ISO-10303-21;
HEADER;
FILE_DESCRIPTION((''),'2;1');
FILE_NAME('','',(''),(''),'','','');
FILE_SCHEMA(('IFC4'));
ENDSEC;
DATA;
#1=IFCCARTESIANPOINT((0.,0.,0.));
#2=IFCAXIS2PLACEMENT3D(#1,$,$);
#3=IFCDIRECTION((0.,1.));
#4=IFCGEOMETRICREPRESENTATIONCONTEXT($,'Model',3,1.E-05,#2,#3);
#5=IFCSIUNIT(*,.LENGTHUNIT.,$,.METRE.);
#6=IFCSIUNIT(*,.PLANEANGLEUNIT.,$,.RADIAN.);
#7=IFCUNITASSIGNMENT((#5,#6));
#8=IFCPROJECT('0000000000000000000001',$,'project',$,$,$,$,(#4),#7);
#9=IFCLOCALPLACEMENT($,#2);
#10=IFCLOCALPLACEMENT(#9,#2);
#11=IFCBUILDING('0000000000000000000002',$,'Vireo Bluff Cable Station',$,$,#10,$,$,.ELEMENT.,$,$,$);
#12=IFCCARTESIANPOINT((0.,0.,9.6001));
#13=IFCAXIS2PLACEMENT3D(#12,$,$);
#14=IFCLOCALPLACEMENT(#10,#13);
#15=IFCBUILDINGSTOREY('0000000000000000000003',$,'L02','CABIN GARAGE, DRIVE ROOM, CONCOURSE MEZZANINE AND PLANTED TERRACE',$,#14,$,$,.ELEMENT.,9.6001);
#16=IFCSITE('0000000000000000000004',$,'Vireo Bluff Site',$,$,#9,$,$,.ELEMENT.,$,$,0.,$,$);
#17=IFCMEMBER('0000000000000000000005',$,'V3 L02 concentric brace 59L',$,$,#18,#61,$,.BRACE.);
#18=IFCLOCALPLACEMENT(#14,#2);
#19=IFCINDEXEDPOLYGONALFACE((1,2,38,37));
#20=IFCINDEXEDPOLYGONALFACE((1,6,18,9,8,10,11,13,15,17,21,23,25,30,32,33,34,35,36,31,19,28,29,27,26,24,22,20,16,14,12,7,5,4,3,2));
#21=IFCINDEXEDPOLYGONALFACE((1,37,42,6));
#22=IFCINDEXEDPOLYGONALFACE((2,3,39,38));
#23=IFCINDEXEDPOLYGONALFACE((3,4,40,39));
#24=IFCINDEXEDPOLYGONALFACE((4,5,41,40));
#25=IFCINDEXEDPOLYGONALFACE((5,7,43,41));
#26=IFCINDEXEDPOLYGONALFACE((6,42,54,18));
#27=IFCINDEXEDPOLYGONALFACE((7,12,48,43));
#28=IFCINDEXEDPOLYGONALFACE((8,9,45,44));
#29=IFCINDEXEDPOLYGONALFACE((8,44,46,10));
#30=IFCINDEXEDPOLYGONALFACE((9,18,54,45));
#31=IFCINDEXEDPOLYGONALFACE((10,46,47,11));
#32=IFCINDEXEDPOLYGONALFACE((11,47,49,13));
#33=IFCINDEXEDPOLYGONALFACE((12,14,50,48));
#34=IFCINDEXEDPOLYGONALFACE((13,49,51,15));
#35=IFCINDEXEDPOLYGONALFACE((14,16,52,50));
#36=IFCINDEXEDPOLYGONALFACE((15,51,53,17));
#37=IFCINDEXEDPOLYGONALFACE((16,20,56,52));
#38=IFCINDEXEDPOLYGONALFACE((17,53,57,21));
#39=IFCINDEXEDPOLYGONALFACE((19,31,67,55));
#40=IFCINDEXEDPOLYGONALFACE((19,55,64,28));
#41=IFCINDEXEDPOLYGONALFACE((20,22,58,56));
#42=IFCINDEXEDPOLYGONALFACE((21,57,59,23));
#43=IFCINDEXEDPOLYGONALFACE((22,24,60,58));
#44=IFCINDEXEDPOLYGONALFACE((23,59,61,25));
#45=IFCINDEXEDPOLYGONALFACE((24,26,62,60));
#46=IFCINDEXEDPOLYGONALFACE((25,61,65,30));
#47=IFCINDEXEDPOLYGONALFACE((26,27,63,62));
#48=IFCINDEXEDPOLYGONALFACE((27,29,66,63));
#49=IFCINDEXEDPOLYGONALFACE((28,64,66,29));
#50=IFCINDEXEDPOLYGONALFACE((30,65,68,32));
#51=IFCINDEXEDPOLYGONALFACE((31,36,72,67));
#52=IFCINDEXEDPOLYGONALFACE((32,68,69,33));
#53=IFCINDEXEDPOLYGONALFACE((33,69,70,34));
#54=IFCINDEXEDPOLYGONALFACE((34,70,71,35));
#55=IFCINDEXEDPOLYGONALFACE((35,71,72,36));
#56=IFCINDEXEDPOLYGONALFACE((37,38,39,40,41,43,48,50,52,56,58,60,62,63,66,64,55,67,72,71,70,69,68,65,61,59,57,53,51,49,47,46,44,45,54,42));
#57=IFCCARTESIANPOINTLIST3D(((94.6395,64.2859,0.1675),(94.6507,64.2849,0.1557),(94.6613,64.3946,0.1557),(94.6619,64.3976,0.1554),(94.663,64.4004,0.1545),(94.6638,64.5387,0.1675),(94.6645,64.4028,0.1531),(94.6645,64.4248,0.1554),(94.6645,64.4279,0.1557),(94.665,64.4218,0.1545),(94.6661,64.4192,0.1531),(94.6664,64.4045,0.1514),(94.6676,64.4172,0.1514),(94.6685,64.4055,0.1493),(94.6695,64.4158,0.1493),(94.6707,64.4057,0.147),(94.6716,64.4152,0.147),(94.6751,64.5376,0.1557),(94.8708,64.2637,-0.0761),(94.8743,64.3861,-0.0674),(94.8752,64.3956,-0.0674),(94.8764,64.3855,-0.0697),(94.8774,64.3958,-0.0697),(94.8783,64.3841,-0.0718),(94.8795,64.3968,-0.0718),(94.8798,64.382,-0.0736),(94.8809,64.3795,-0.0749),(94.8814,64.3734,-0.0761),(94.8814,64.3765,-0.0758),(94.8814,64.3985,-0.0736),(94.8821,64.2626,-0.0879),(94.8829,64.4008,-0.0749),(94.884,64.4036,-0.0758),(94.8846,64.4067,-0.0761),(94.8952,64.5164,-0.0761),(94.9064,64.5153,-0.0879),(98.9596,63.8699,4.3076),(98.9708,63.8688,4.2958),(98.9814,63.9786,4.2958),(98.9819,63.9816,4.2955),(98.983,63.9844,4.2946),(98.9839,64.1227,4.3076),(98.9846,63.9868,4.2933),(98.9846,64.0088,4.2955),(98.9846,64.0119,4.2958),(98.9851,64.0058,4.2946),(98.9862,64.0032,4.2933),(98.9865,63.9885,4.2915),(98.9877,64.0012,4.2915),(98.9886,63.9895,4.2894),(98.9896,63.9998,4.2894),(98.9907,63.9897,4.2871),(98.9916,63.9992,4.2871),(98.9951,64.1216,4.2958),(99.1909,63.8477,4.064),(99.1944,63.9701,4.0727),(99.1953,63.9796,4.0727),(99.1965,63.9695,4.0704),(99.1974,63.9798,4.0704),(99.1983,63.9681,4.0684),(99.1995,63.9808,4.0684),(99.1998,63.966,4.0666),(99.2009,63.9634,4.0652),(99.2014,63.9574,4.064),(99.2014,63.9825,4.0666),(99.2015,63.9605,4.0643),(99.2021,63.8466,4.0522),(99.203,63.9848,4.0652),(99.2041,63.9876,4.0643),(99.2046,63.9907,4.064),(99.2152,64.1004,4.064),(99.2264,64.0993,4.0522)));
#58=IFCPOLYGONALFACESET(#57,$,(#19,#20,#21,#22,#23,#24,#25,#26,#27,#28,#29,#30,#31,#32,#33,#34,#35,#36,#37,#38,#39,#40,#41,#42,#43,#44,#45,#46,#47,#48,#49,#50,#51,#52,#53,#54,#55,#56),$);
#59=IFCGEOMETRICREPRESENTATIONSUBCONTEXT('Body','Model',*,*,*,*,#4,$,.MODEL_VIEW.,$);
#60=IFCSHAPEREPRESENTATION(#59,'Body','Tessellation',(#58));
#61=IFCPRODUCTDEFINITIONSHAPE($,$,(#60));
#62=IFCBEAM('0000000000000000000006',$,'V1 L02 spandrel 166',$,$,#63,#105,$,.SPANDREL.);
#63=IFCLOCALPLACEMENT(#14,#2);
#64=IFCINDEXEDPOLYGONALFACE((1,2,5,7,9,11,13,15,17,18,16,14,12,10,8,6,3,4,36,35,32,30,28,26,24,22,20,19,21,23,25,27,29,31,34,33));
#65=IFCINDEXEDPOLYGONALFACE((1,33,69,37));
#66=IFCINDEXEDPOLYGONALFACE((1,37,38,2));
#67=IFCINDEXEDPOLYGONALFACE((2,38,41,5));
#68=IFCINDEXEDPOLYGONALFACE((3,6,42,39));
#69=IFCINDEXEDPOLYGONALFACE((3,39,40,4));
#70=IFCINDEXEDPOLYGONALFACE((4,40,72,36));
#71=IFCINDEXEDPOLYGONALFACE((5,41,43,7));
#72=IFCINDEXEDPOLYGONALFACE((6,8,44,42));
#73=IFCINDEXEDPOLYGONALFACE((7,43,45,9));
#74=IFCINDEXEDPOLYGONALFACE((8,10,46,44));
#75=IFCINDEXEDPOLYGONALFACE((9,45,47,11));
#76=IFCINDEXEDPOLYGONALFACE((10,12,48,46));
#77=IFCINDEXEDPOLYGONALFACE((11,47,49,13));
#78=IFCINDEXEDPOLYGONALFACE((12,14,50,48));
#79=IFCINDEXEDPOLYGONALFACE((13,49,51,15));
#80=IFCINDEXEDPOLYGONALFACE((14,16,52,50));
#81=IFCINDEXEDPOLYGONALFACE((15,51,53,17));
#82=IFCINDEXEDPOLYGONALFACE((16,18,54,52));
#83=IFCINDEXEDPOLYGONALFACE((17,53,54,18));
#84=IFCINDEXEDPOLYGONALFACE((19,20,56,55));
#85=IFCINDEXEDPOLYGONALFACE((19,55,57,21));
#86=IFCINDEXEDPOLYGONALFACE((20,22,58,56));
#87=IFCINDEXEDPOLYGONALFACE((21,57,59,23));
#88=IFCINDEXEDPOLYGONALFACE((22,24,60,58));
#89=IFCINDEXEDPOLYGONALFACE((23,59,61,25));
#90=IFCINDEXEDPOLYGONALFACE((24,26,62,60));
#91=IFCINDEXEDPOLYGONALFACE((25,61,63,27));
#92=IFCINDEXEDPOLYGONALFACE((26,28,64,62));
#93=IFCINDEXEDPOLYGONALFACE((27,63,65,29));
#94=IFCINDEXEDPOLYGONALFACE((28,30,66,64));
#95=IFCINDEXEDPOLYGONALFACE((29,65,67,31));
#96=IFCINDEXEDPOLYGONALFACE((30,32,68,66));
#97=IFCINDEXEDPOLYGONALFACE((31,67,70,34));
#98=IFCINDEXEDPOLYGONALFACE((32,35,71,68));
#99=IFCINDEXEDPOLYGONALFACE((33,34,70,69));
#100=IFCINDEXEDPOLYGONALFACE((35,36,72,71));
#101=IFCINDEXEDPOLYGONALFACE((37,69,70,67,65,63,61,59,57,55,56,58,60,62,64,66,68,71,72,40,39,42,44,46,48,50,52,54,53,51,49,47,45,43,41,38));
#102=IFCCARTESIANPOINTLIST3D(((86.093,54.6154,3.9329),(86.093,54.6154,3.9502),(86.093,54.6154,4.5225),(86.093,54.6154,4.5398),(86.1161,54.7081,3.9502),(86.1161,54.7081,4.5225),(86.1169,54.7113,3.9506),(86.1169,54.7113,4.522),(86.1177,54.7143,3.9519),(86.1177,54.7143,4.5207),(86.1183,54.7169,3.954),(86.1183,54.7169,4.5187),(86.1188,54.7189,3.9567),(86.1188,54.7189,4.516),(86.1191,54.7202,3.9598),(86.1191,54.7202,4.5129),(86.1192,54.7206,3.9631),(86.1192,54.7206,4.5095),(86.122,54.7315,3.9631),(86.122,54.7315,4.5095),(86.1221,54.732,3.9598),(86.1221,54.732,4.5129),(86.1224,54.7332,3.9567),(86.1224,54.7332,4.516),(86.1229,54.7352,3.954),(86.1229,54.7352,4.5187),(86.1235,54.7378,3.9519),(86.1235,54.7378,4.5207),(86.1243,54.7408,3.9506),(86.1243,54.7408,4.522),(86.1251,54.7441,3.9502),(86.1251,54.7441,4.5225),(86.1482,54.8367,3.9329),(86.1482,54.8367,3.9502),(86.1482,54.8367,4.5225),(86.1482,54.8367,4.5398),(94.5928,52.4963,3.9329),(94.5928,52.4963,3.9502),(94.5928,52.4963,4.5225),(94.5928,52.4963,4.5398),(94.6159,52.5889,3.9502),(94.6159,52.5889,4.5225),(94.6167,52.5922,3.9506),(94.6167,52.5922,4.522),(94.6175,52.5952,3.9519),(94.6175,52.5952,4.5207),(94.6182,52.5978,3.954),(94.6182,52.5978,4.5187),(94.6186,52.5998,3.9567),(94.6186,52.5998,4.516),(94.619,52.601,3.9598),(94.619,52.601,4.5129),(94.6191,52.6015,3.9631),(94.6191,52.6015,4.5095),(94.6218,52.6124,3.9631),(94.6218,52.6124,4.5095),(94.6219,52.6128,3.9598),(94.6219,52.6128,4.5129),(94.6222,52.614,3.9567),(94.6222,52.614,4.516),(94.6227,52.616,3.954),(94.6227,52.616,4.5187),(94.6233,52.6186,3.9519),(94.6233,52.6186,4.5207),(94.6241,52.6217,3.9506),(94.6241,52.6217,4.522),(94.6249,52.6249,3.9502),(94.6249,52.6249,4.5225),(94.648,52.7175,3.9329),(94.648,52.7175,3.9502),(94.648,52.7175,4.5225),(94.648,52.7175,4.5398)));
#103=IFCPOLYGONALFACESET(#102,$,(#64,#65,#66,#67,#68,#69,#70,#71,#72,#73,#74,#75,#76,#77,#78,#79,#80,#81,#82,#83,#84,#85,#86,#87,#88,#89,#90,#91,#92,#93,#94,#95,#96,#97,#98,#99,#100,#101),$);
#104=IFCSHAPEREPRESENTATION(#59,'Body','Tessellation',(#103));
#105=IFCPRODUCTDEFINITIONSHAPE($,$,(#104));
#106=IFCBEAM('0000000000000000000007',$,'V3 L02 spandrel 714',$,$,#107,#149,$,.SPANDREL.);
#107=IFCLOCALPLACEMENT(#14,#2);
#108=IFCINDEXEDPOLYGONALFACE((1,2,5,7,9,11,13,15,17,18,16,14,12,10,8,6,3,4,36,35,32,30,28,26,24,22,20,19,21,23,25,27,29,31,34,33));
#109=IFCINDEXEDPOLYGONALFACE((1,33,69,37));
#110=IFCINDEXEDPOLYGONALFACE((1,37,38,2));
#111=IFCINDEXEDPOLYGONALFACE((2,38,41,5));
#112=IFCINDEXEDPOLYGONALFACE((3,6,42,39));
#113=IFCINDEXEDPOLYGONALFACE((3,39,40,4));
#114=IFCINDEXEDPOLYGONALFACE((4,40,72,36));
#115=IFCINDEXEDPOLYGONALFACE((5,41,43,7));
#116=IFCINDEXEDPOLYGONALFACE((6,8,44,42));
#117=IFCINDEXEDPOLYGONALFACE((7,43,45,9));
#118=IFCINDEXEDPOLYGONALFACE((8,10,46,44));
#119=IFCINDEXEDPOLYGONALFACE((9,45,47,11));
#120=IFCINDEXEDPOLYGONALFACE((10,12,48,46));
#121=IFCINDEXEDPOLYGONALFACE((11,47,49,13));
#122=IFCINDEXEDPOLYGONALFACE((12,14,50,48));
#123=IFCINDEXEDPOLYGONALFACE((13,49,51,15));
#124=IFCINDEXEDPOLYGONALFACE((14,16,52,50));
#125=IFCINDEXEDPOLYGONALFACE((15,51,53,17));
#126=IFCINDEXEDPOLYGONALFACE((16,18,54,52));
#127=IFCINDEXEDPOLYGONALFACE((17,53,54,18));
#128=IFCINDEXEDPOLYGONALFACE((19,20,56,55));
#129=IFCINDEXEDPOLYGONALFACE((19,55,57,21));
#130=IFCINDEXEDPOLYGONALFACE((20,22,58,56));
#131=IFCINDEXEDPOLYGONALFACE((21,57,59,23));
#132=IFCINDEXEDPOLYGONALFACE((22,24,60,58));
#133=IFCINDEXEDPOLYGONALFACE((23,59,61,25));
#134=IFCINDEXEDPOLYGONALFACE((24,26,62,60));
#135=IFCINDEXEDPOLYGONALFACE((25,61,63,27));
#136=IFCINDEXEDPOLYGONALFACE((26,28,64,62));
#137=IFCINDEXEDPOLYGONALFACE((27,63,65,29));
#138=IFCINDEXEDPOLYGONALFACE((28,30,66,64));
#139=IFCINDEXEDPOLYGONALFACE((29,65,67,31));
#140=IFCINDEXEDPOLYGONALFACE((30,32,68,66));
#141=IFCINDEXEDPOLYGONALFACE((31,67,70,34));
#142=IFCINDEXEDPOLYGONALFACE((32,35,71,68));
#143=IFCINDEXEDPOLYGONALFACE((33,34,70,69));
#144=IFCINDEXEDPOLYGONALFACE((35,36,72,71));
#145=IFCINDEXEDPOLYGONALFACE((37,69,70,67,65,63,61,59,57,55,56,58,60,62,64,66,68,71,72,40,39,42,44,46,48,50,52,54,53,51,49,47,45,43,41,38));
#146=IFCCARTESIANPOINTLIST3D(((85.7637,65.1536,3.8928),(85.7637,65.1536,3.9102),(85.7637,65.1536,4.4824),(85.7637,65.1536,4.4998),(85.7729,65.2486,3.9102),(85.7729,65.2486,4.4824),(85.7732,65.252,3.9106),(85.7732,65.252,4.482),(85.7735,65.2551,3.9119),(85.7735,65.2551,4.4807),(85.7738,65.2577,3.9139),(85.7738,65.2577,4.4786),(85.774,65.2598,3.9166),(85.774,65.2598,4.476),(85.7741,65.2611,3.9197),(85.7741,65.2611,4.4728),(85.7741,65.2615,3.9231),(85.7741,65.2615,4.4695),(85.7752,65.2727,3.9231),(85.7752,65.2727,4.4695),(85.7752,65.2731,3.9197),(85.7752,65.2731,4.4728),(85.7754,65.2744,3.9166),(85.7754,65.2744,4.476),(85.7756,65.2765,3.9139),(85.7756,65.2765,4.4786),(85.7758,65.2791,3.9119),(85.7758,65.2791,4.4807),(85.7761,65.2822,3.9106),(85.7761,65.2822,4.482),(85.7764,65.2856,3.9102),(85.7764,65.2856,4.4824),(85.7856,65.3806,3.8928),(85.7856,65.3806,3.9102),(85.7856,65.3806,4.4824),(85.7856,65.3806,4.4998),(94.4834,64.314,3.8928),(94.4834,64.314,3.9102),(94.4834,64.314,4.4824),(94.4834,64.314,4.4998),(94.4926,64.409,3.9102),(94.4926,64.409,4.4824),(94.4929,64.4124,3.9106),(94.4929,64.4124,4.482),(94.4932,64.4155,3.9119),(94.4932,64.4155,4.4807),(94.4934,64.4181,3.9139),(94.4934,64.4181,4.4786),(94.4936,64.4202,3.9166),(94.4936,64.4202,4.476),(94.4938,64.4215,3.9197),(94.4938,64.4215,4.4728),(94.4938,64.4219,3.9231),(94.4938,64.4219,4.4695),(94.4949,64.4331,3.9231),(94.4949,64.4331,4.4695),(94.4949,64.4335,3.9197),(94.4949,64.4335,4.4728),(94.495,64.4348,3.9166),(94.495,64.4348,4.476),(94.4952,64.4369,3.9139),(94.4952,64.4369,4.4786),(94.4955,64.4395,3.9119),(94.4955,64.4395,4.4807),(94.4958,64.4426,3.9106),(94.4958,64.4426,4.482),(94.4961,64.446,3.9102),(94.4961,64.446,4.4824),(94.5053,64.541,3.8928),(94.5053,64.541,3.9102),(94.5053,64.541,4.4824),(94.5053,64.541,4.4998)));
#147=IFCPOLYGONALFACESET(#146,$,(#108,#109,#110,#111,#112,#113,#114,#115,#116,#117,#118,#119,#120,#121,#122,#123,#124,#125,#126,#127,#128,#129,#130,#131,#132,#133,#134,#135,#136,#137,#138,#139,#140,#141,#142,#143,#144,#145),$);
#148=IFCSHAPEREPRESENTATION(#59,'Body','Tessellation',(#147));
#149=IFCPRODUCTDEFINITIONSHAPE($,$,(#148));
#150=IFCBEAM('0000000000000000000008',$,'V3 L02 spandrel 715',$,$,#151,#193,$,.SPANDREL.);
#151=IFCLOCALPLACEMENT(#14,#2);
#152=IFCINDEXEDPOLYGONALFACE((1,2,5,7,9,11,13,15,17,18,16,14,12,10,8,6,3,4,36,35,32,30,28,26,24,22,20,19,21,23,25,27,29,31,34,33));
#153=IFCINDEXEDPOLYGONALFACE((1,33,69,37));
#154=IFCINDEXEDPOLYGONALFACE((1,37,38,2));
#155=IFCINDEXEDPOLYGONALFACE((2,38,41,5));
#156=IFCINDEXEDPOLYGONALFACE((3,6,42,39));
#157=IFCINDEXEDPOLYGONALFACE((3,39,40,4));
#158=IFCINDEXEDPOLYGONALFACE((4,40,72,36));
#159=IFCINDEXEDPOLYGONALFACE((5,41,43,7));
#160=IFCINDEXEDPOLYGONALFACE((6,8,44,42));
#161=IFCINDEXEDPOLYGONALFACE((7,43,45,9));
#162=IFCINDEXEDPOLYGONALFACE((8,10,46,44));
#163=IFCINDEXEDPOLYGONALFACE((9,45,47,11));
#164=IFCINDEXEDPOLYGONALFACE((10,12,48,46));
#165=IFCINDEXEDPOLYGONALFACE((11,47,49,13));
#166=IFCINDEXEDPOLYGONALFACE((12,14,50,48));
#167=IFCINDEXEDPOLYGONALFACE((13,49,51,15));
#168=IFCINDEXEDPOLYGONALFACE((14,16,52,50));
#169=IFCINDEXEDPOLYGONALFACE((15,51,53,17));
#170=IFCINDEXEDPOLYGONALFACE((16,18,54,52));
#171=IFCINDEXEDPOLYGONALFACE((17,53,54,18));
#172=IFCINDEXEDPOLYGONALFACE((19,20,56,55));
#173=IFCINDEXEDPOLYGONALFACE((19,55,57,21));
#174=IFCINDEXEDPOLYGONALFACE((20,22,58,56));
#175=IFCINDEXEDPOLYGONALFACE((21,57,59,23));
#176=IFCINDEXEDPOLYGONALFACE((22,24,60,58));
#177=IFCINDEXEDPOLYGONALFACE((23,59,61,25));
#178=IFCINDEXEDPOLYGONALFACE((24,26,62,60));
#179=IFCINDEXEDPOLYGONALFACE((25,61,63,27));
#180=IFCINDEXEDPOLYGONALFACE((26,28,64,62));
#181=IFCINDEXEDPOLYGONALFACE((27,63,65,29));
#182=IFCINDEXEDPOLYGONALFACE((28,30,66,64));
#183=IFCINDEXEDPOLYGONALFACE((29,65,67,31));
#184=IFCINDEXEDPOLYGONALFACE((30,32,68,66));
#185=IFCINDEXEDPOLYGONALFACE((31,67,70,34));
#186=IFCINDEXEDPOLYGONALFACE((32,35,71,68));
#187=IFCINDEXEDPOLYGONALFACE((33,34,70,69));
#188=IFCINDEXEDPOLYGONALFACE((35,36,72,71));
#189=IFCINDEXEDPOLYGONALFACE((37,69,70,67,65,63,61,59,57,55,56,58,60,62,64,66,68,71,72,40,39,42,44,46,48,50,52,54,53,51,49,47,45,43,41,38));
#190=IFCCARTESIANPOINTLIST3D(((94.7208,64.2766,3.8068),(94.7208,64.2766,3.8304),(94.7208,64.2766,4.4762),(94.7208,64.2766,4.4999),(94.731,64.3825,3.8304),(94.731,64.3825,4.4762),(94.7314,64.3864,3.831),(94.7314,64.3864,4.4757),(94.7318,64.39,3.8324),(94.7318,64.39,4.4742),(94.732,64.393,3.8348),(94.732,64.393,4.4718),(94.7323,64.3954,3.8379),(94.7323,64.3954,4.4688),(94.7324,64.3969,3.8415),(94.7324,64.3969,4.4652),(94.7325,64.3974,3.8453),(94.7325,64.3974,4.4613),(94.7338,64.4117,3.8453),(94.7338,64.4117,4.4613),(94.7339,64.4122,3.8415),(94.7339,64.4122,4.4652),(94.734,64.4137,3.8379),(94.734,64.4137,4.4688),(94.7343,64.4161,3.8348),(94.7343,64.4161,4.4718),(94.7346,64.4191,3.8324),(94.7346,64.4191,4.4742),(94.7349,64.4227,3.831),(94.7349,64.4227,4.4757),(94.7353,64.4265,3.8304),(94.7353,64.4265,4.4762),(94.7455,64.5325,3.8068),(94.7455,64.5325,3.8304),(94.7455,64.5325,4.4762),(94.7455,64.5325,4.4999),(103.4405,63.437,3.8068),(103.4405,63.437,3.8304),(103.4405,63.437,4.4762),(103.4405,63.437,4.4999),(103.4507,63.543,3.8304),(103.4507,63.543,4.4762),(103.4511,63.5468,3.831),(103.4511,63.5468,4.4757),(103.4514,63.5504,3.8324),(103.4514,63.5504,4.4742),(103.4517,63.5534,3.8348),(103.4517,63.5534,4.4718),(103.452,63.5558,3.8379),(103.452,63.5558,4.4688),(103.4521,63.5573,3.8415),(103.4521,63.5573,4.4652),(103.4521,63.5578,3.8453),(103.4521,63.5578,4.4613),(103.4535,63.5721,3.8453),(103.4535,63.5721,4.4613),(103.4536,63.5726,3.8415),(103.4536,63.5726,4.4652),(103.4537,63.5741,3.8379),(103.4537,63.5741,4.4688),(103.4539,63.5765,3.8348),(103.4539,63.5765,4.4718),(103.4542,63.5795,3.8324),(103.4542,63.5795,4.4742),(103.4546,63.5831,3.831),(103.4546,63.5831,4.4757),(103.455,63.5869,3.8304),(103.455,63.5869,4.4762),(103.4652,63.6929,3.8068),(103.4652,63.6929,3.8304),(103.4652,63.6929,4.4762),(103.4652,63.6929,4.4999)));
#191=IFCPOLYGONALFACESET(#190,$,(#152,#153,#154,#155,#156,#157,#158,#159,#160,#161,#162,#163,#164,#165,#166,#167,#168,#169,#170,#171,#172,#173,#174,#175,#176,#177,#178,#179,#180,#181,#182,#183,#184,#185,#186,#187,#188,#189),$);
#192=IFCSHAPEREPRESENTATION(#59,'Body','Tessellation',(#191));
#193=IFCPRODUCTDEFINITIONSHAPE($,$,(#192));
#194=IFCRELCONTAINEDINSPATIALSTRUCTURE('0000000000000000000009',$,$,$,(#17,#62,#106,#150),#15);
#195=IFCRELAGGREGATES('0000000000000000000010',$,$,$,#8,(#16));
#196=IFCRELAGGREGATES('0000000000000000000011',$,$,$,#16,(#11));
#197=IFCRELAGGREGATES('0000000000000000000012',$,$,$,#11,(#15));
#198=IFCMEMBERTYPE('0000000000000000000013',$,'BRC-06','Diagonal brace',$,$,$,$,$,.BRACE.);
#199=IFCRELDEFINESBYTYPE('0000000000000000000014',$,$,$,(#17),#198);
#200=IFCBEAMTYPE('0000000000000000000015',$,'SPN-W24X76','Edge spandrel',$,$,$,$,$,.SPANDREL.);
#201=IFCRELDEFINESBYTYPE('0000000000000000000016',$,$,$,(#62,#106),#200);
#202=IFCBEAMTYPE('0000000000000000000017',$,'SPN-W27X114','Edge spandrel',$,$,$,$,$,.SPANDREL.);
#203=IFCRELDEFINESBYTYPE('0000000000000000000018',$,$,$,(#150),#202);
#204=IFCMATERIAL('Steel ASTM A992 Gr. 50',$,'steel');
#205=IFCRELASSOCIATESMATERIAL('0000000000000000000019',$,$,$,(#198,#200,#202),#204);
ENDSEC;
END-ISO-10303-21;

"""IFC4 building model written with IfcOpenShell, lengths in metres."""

from ifc_helpers import new_model, si_unit, direction, frame, origin, origin_2d, place, context, subcontext, project, spatial, i_section, extrude, material, material_profile, profile_set, type_object, element, save


model = new_model("IFC4")

# Units and contexts
model_context = context("Model", 3, precision=1e-05, world=origin(), true_north=direction((0.0, 1.0)))
body_context = subcontext(model_context, "Body", "Model", "MODEL_VIEW")
ifc_project = project(units=[si_unit("LENGTHUNIT", "METRE"), si_unit("PLANEANGLEUNIT", "RADIAN")], contexts=[model_context])

# Site, building, storey
site_placement = place(None, origin())
site = spatial("IfcSite", under=ifc_project, at=site_placement, Name="Vireo Bluff Site", CompositionType="ELEMENT", RefElevation=0.0)
building_placement = place(site_placement, origin())
building = spatial("IfcBuilding", under=site, at=building_placement, Name="Vireo Bluff Cable Station", CompositionType="ELEMENT")
storey_placement = place(building_placement, frame((0.0, 0.0, 9.6001)))
storey = spatial("IfcBuildingStorey", under=building, at=storey_placement, Name="L02", Description="CABIN GARAGE, DRIVE ROOM, CONCOURSE MEZZANINE AND PLANTED TERRACE", CompositionType="ELEMENT", Elevation=9.6001)

# Shared definitions
ifc_material_1 = material(Name="Steel ASTM A992 Gr. 50", Category="steel")

# Member
ifc_material_profile_1 = material_profile(ifc_material_1, i_section(OverallWidth=0.2539, OverallDepth=0.353, WebThickness=0.0095, FlangeThickness=0.0164, FilletRadius=0.012, at=origin_2d()), Name="W14X61")
ifc_profile_set_1 = profile_set([ifc_material_profile_1], Name="Steel ASTM A992 Gr. 50")
member_type_1 = type_object("IfcMemberType", Name="BRC-06", Description="Diagonal brace", PredefinedType="BRACE", material=ifc_profile_set_1)
member_1_placement = place(storey_placement, frame((94.7729, 64.4006, 0.0398), z_axis=(0.720244, -0.069358, 0.690245), x_axis=(0.095855, 0.995395, 0.0)))
element("IfcMember", 1, at=member_1_placement, inside=storey, type_object=member_type_1, Name="V3 L02 concentric brace 59L", PredefinedType="BRACE", context=body_context, shape_type="SweptSolid", body=[
    extrude(i_section(OverallWidth=0.2539, OverallDepth=0.353, WebThickness=0.0095, FlangeThickness=0.0164, FilletRadius=0.012, at=origin_2d()), origin(), (0.0, 0.0, 1.0), 5.998),
])

# Beams
ifc_material_profile_2 = material_profile(ifc_material_1, i_section(OverallWidth=0.228, OverallDepth=0.6069, WebThickness=0.0112, FlangeThickness=0.0173, FilletRadius=0.0129, at=origin_2d()), Name="W24X76")
ifc_profile_set_2 = profile_set([ifc_material_profile_2], Name="Steel ASTM A992 Gr. 50")
beam_type_1 = type_object("IfcBeamType", Name="SPN-W24X76", Description="Edge spandrel", PredefinedType="SPANDREL", material=ifc_profile_set_2)
for number, where, z_axis, x_axis, name in (
    (2, (86.1206, 54.7261, 4.2363), (0.970298, -0.241913, 0.0), (0.241913, 0.970298, 0.0), "V1 L02 spandrel 166"),
    (3, (85.7747, 65.2671, 4.1963), (0.995396, -0.095844, 0.0), (0.095844, 0.995396, 0.0), "V3 L02 spandrel 714"),
):
    element("IfcBeam", number, at=place(storey_placement, frame(where, z_axis=z_axis, x_axis=x_axis)), inside=storey, type_object=beam_type_1, Name=name, PredefinedType="SPANDREL", context=body_context, shape_type="SweptSolid", body=[
        extrude(i_section(OverallWidth=0.228, OverallDepth=0.6069, WebThickness=0.0112, FlangeThickness=0.0173, FilletRadius=0.0129, at=origin_2d()), origin(), (0.0, 0.0, 1.0), 8.76),
    ])
ifc_material_profile_3 = material_profile(ifc_material_1, i_section(OverallWidth=0.2571, OverallDepth=0.6931, WebThickness=0.0144, FlangeThickness=0.0237, FilletRadius=0.0149, at=origin_2d()), Name="W27X114")
ifc_profile_set_3 = profile_set([ifc_material_profile_3], Name="Steel ASTM A992 Gr. 50")
beam_type_2 = type_object("IfcBeamType", Name="SPN-W27X114", Description="Edge spandrel", PredefinedType="SPANDREL", material=ifc_profile_set_3)
beam_1_placement = place(storey_placement, frame((94.7332, 64.4045, 4.1533), z_axis=(0.995396, -0.095844, 0.0), x_axis=(0.095844, 0.995396, 0.0)))
element("IfcBeam", 4, at=beam_1_placement, inside=storey, type_object=beam_type_2, Name="V3 L02 spandrel 715", PredefinedType="SPANDREL", context=body_context, shape_type="SweptSolid", body=[
    extrude(i_section(OverallWidth=0.2571, OverallDepth=0.6931, WebThickness=0.0144, FlangeThickness=0.0237, FilletRadius=0.0149, at=origin_2d()), origin(), (0.0, 0.0, 1.0), 8.76),
])

save(model, "model.ifc")
